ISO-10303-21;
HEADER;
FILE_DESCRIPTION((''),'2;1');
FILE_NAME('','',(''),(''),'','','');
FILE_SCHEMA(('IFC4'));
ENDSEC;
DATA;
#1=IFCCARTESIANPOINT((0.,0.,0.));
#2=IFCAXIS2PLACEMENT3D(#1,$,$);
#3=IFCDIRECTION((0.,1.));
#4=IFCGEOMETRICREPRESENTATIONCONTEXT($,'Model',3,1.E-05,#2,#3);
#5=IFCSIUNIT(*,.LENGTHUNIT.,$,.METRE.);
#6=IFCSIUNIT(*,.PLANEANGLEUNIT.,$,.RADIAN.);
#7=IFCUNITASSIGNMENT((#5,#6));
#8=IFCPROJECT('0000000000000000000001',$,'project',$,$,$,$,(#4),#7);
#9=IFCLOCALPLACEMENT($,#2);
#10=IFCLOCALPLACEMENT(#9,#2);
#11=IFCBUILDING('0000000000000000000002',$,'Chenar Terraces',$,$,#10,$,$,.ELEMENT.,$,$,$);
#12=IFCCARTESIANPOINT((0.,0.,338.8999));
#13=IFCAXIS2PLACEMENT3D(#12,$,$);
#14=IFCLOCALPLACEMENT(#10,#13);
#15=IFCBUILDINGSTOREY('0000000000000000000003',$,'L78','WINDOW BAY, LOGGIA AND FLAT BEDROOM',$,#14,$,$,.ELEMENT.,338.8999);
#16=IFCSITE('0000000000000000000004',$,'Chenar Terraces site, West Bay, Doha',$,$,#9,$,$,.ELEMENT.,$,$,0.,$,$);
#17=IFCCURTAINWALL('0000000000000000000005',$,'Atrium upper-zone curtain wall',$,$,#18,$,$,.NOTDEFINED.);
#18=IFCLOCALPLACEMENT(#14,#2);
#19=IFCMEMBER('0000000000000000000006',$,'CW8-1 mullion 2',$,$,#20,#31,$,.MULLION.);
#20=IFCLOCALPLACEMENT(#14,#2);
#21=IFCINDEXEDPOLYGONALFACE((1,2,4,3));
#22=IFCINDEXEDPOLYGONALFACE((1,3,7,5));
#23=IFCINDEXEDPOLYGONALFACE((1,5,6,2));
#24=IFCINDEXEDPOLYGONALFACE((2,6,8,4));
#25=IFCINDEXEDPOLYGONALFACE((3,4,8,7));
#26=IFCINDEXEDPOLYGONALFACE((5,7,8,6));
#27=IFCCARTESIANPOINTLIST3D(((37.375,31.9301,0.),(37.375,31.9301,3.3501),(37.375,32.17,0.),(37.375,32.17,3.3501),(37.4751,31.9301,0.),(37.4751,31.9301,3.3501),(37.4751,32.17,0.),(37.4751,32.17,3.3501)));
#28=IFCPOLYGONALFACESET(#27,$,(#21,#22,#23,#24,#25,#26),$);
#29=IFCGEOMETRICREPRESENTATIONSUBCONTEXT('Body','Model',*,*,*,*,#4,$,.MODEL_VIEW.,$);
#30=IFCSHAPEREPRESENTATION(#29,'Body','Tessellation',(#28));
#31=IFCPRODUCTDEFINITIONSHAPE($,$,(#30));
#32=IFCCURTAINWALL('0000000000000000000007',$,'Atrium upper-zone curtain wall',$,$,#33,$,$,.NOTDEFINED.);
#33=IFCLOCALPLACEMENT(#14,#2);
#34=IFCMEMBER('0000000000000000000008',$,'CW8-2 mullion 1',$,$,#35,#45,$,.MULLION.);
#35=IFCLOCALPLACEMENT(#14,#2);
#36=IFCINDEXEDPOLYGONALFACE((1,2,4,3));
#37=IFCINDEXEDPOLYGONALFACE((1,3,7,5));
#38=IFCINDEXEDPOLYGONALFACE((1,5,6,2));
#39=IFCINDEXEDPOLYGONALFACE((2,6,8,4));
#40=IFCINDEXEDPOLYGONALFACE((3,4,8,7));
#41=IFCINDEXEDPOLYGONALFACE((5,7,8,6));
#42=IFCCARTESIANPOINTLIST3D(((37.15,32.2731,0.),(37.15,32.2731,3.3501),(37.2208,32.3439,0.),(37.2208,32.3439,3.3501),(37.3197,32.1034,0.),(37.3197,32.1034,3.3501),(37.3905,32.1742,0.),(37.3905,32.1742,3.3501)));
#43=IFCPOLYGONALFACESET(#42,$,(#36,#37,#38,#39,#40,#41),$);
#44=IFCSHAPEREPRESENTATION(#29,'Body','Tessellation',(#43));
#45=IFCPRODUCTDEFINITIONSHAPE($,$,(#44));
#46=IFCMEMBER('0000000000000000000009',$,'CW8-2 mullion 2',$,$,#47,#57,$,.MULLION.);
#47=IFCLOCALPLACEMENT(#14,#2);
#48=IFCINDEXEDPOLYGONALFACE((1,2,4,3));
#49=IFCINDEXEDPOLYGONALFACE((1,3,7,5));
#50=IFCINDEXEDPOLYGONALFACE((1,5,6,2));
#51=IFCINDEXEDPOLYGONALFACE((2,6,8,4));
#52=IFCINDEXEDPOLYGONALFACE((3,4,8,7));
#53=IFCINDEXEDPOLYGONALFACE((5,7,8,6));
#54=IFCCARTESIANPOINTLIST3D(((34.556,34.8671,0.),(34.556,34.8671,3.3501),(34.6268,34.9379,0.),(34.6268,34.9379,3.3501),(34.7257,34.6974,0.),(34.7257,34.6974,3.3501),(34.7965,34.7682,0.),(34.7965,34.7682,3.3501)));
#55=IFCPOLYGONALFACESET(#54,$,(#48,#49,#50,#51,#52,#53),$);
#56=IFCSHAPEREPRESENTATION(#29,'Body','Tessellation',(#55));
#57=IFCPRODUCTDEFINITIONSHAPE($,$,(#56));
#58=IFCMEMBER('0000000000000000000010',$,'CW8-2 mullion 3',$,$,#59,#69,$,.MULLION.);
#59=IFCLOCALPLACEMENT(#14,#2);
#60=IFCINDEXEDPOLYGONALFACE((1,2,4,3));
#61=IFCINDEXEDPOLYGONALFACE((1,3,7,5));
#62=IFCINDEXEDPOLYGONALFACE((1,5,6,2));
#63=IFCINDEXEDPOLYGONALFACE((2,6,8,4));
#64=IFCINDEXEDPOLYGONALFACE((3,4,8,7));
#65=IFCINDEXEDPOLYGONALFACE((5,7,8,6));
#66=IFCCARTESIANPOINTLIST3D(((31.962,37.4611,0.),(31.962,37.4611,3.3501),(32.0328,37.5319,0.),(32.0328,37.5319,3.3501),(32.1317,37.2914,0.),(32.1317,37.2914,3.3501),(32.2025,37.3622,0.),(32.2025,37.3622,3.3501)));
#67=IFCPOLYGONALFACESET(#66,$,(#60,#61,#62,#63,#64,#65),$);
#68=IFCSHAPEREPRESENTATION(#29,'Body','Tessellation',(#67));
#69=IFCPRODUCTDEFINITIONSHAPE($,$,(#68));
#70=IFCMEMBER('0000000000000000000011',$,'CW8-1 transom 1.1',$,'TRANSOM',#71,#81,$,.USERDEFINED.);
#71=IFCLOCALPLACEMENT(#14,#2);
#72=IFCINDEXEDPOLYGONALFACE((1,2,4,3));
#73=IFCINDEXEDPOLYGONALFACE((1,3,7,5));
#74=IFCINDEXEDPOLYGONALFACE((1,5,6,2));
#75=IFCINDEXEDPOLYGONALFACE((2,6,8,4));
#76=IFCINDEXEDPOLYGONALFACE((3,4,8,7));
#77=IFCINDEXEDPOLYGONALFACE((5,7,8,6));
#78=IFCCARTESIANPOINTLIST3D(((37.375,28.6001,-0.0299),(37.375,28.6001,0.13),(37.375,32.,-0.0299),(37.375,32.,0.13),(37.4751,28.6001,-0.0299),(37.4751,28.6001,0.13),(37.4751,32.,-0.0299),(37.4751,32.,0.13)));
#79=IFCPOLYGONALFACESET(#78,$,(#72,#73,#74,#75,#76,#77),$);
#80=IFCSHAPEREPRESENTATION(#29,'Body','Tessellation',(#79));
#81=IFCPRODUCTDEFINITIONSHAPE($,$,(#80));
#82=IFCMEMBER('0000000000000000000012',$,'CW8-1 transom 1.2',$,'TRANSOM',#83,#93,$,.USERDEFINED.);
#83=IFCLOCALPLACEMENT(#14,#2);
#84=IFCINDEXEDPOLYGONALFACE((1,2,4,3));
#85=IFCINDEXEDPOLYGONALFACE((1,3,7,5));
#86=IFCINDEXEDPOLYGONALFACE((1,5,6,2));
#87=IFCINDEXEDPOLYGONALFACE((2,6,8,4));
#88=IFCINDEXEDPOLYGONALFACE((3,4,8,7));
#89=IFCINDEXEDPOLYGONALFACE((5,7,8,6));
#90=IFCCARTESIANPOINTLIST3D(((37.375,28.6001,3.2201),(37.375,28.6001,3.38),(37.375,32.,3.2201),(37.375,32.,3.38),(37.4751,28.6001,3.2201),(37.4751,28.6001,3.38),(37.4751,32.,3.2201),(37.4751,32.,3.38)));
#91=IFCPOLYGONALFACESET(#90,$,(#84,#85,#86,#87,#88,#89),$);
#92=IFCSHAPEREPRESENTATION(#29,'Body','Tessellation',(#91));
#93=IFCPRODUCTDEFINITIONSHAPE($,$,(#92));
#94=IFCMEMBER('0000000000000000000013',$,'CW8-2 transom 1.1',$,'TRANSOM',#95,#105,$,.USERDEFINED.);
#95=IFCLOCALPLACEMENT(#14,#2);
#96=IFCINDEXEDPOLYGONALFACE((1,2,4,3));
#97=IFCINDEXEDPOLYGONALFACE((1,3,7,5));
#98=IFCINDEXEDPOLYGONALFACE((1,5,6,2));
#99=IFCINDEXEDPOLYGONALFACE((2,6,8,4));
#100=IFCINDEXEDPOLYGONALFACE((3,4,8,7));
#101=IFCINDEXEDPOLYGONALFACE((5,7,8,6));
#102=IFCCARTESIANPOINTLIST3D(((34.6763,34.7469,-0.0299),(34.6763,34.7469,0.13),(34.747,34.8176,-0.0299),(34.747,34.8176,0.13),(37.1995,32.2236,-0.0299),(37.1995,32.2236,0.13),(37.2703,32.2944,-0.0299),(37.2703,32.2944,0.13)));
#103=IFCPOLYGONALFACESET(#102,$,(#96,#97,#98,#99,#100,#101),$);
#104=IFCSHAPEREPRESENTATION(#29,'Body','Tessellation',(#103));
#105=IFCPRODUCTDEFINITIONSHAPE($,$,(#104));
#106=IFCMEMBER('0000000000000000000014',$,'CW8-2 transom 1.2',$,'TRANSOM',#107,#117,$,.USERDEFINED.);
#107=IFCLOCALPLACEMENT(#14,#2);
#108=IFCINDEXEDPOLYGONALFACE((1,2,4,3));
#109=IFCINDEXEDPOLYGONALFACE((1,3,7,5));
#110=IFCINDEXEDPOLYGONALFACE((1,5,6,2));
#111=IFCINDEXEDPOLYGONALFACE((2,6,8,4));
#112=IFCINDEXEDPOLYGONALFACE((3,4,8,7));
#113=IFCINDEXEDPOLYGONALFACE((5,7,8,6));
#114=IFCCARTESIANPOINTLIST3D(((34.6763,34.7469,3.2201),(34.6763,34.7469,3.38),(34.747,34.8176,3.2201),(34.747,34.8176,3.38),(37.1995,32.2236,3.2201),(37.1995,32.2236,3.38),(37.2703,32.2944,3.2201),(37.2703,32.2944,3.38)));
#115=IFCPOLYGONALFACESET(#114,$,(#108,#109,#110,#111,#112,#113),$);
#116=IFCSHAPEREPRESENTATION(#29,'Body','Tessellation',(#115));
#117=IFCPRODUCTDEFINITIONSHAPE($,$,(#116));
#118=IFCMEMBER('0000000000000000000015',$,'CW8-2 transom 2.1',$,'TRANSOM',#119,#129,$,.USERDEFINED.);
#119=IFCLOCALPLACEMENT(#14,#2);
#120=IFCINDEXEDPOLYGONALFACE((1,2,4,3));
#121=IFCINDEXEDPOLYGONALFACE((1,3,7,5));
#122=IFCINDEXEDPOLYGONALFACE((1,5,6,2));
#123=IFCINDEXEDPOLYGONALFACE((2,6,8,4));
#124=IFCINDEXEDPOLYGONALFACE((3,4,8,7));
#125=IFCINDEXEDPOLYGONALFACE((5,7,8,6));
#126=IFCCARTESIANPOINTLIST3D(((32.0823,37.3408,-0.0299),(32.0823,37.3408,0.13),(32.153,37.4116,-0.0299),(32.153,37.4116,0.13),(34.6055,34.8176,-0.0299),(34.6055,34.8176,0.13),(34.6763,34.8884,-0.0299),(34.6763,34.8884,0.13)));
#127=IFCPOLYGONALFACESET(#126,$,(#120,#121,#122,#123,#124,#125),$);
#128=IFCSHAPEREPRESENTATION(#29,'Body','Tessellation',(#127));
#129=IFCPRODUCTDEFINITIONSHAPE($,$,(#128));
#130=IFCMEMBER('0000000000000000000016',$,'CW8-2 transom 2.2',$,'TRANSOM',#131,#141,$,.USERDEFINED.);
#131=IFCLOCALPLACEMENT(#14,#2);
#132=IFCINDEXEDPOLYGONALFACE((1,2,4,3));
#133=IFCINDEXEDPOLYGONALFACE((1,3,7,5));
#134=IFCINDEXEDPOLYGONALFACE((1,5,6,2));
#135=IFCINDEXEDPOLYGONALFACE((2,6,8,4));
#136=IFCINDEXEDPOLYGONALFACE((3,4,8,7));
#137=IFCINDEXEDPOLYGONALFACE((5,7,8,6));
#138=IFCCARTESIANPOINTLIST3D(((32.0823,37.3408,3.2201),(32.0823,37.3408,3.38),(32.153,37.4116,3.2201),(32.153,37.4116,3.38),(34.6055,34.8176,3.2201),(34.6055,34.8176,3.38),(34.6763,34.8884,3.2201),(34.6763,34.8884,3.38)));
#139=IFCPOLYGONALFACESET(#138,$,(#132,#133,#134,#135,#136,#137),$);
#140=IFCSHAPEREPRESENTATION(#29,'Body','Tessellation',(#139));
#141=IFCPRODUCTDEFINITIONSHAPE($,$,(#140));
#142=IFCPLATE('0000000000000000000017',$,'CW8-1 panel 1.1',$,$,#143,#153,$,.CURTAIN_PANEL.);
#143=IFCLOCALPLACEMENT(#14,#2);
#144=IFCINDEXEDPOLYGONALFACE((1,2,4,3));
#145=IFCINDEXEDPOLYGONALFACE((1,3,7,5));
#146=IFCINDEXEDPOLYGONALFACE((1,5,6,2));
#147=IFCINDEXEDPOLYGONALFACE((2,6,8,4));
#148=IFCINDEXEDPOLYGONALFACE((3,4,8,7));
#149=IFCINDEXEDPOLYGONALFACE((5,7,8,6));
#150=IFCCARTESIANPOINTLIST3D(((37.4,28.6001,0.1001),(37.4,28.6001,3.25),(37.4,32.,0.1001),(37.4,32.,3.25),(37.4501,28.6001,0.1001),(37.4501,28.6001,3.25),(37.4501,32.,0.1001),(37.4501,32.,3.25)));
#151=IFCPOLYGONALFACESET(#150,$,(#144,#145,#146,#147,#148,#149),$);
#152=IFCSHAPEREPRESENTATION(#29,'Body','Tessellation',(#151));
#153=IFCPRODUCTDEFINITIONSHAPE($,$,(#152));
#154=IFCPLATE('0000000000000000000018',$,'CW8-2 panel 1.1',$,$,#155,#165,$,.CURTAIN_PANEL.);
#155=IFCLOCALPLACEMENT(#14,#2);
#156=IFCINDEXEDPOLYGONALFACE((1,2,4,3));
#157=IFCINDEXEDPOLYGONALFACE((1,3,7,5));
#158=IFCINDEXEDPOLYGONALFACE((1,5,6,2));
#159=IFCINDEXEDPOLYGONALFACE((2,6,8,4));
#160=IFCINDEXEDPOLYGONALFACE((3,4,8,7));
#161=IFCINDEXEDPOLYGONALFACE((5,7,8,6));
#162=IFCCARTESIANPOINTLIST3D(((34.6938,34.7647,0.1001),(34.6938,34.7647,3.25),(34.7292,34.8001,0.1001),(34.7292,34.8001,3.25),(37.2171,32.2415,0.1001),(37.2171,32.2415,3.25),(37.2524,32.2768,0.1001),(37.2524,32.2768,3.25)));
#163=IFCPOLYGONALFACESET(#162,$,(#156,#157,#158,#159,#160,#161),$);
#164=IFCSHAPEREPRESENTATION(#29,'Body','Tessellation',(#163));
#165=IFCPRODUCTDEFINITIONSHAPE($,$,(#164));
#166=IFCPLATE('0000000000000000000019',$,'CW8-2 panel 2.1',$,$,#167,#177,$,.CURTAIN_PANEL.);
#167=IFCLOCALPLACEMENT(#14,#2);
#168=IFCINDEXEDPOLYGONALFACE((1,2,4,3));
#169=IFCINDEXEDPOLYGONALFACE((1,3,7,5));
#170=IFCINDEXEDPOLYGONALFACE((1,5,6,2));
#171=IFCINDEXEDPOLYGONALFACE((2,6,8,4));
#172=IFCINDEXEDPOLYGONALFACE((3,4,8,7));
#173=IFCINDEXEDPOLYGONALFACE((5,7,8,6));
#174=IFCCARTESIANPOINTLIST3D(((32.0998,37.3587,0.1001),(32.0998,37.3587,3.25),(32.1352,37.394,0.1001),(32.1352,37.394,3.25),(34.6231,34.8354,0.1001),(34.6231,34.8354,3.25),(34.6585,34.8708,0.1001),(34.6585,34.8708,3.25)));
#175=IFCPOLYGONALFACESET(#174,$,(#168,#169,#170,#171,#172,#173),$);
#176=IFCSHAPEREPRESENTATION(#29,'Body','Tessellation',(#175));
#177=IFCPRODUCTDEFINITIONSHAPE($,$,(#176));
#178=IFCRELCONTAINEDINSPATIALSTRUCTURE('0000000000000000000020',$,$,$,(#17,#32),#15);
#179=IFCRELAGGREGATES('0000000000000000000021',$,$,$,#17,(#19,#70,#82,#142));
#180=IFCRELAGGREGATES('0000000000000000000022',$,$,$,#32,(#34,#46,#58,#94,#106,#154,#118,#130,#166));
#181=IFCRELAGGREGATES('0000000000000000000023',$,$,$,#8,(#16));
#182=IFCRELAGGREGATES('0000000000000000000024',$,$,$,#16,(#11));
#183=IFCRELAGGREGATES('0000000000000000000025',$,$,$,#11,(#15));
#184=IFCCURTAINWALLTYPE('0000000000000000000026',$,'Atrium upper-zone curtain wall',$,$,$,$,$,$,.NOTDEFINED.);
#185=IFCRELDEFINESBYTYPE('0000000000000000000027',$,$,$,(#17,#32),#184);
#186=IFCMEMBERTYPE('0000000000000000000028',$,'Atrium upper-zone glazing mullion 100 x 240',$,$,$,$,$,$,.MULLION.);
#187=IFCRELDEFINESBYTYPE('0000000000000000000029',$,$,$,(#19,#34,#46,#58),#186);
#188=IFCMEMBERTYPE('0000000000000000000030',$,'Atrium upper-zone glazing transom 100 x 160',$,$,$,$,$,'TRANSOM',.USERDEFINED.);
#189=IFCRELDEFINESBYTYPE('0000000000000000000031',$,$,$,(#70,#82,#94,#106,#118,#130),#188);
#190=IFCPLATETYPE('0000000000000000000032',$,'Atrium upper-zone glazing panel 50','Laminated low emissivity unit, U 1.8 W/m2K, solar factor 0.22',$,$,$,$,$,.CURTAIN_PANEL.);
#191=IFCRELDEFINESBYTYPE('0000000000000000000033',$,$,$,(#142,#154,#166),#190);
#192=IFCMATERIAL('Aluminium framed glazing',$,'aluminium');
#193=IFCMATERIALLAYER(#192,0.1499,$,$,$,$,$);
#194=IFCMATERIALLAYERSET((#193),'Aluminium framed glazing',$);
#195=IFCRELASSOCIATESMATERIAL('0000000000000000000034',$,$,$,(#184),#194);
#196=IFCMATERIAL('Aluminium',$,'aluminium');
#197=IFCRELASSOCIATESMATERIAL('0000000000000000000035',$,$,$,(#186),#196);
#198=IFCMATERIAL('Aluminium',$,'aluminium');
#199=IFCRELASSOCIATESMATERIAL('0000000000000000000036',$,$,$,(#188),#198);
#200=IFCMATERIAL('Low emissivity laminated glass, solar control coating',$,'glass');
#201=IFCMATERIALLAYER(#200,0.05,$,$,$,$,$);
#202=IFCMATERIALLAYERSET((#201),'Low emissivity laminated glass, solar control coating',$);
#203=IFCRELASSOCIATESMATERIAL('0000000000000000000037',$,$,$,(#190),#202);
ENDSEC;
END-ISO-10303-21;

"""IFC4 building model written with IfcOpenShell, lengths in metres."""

from ifc_helpers import new_model, si_unit, direction, frame, origin, origin_2d, place, context, subcontext, project, spatial, rectangle, extrude, material, layer, layer_set, material_profile, profile_set, type_object, element, aggregate, save


model = new_model("IFC4")

# Units and contexts
model_context = context("Model", 3, precision=1e-05, world=origin(), true_north=direction((0.0, 1.0)))
body_context = subcontext(model_context, "Body", "Model", "MODEL_VIEW")
ifc_project = project(units=[si_unit("LENGTHUNIT", "METRE"), si_unit("PLANEANGLEUNIT", "RADIAN")], contexts=[model_context])

# Site, building, storey
site_placement = place(None, origin())
site = spatial("IfcSite", under=ifc_project, at=site_placement, Name="Chenar Terraces site, West Bay, Doha", CompositionType="ELEMENT", RefElevation=0.0)
building_placement = place(site_placement, origin())
building = spatial("IfcBuilding", under=site, at=building_placement, Name="Chenar Terraces", CompositionType="ELEMENT")
storey_placement = place(building_placement, frame((0.0, 0.0, 338.8999)))
storey = spatial("IfcBuildingStorey", under=building, at=storey_placement, Name="L78", Description="WINDOW BAY, LOGGIA AND FLAT BEDROOM", CompositionType="ELEMENT", Elevation=338.8999)

# Curtain wall, member
ifc_material_1 = material(Name="Aluminium framed glazing", Category="aluminium")
ifc_layer_1 = layer(ifc_material_1, 0.1499)
ifc_layer_set_1 = layer_set([ifc_layer_1], Name="Aluminium framed glazing")
curtain_wall_type = type_object("IfcCurtainWallType", Name="Atrium upper-zone curtain wall", PredefinedType="NOTDEFINED", material=ifc_layer_set_1)
placement = place(storey_placement, origin())
curtain_wall_1 = element("IfcCurtainWall", 1, at=placement, inside=storey, type_object=curtain_wall_type, Name="Atrium upper-zone curtain wall", PredefinedType="NOTDEFINED")
ifc_material_2 = material(Name="Aluminium", Category="aluminium")
ifc_material_profile_1 = material_profile(ifc_material_2, rectangle(XDim=0.1001, YDim=0.24, at=origin_2d()), Name="Atrium upper-zone glazing mullion 100 x 240")
ifc_profile_set_1 = profile_set([ifc_material_profile_1], Name="Aluminium")
member_type_1 = type_object("IfcMemberType", Name="Atrium upper-zone glazing mullion 100 x 240", PredefinedType="MULLION", material=ifc_profile_set_1)
member_1_placement = place(storey_placement, frame((37.425, 32.05, 0.0), z_axis=(0.0, 0.0, 1.0), x_axis=(-1.0, 0.0, 0.0)))
member_1 = element("IfcMember", 2, at=member_1_placement, type_object=member_type_1, Name="CW8-1 mullion 2", PredefinedType="MULLION", context=body_context, shape_type="SweptSolid", body=[
    extrude(rectangle(XDim=0.1001, YDim=0.24, at=origin_2d()), origin(), (0.0, 0.0, 1.0), 3.3501),
])

# Curtain wall, members
curtain_wall_2 = element("IfcCurtainWall", 3, at=placement, inside=storey, type_object=curtain_wall_type, Name="Atrium upper-zone curtain wall", PredefinedType="NOTDEFINED")
member_2_placement = place(storey_placement, frame((37.2703, 32.2236, 0.0), z_axis=(0.0, 0.0, 1.0), x_axis=(-0.707107, -0.707107, 0.0)))
member_2 = element("IfcMember", 4, at=member_2_placement, type_object=member_type_1, Name="CW8-2 mullion 1", PredefinedType="MULLION", context=body_context, shape_type="SweptSolid", body=[
    extrude(rectangle(XDim=0.1001, YDim=0.24, at=origin_2d()), origin(), (0.0, 0.0, 1.0), 3.3501),
])
member_3_placement = place(storey_placement, frame((34.6763, 34.8176, 0.0), z_axis=(0.0, 0.0, 1.0), x_axis=(-0.707107, -0.707107, 0.0)))
member_3 = element("IfcMember", 5, at=member_3_placement, type_object=member_type_1, Name="CW8-2 mullion 2", PredefinedType="MULLION", context=body_context, shape_type="SweptSolid", body=[
    extrude(rectangle(XDim=0.1001, YDim=0.24, at=origin_2d()), origin(), (0.0, 0.0, 1.0), 3.3501),
])
member_4_placement = place(storey_placement, frame((32.0823, 37.4116, 0.0), z_axis=(0.0, 0.0, 1.0), x_axis=(-0.707107, -0.707107, 0.0)))
member_4 = element("IfcMember", 6, at=member_4_placement, type_object=member_type_1, Name="CW8-2 mullion 3", PredefinedType="MULLION", context=body_context, shape_type="SweptSolid", body=[
    extrude(rectangle(XDim=0.1001, YDim=0.24, at=origin_2d()), origin(), (0.0, 0.0, 1.0), 3.3501),
])

# Members
ifc_material_3 = material(Name="Aluminium", Category="aluminium")
ifc_material_profile_2 = material_profile(ifc_material_3, rectangle(XDim=0.1001, YDim=0.1599, at=origin_2d()), Name="Atrium upper-zone glazing transom 100 x 160")
ifc_profile_set_2 = profile_set([ifc_material_profile_2], Name="Aluminium")
member_type_2 = type_object("IfcMemberType", Name="Atrium upper-zone glazing transom 100 x 160", ElementType="TRANSOM", PredefinedType="USERDEFINED", material=ifc_profile_set_2)
member_5_placement = place(storey_placement, frame((37.425, 28.6001, 0.05), z_axis=(0.0, 1.0, 0.0), x_axis=(-1.0, 0.0, 0.0)))
member_5 = element("IfcMember", 7, at=member_5_placement, type_object=member_type_2, Name="CW8-1 transom 1.1", ObjectType="TRANSOM", PredefinedType="USERDEFINED", context=body_context, shape_type="SweptSolid", body=[
    extrude(rectangle(XDim=0.1001, YDim=0.1599, at=origin_2d()), origin(), (0.0, 0.0, 1.0), 3.3999),
])
member_6_placement = place(storey_placement, frame((37.425, 28.6001, 3.3), z_axis=(0.0, 1.0, 0.0), x_axis=(-1.0, 0.0, 0.0)))
member_6 = element("IfcMember", 8, at=member_6_placement, type_object=member_type_2, Name="CW8-1 transom 1.2", ObjectType="TRANSOM", PredefinedType="USERDEFINED", context=body_context, shape_type="SweptSolid", body=[
    extrude(rectangle(XDim=0.1001, YDim=0.1599, at=origin_2d()), origin(), (0.0, 0.0, 1.0), 3.3999),
])
member_7_placement = place(storey_placement, frame((37.2349, 32.259, 0.05), z_axis=(-0.707107, 0.707107, 0.0), x_axis=(-0.707107, -0.707107, 0.0)))
member_7 = element("IfcMember", 9, at=member_7_placement, type_object=member_type_2, Name="CW8-2 transom 1.1", ObjectType="TRANSOM", PredefinedType="USERDEFINED", context=body_context, shape_type="SweptSolid", body=[
    extrude(rectangle(XDim=0.1001, YDim=0.1599, at=origin_2d()), origin(), (0.0, 0.0, 1.0), 3.5684),
])
member_8_placement = place(storey_placement, frame((37.2349, 32.259, 3.3), z_axis=(-0.707107, 0.707107, 0.0), x_axis=(-0.707107, -0.707107, 0.0)))
member_8 = element("IfcMember", 10, at=member_8_placement, type_object=member_type_2, Name="CW8-2 transom 1.2", ObjectType="TRANSOM", PredefinedType="USERDEFINED", context=body_context, shape_type="SweptSolid", body=[
    extrude(rectangle(XDim=0.1001, YDim=0.1599, at=origin_2d()), origin(), (0.0, 0.0, 1.0), 3.5684),
])
member_9_placement = place(storey_placement, frame((34.6409, 34.853, 0.05), z_axis=(-0.707107, 0.707107, 0.0), x_axis=(-0.707107, -0.707107, 0.0)))
member_9 = element("IfcMember", 11, at=member_9_placement, type_object=member_type_2, Name="CW8-2 transom 2.1", ObjectType="TRANSOM", PredefinedType="USERDEFINED", context=body_context, shape_type="SweptSolid", body=[
    extrude(rectangle(XDim=0.1001, YDim=0.1599, at=origin_2d()), origin(), (0.0, 0.0, 1.0), 3.5684),
])
member_10_placement = place(storey_placement, frame((34.6409, 34.853, 3.3), z_axis=(-0.707107, 0.707107, 0.0), x_axis=(-0.707107, -0.707107, 0.0)))
member_10 = element("IfcMember", 12, at=member_10_placement, type_object=member_type_2, Name="CW8-2 transom 2.2", ObjectType="TRANSOM", PredefinedType="USERDEFINED", context=body_context, shape_type="SweptSolid", body=[
    extrude(rectangle(XDim=0.1001, YDim=0.1599, at=origin_2d()), origin(), (0.0, 0.0, 1.0), 3.5684),
])

# Plates
ifc_material_4 = material(Name="Low emissivity laminated glass, solar control coating", Category="glass")
ifc_layer_2 = layer(ifc_material_4, 0.05)
ifc_layer_set_2 = layer_set([ifc_layer_2], Name="Low emissivity laminated glass, solar control coating")
plate_type = type_object("IfcPlateType", Name="Atrium upper-zone glazing panel 50", Description="Laminated low emissivity unit, U 1.8 W/m2K, solar factor 0.22", PredefinedType="CURTAIN_PANEL", material=ifc_layer_set_2)
plate_1_placement = place(storey_placement, frame((37.425, 30.3, 0.1001), z_axis=(0.0, 0.0, 1.0), x_axis=(0.0, 1.0, 0.0)))
plate_1 = element("IfcPlate", 13, at=plate_1_placement, type_object=plate_type, Name="CW8-1 panel 1.1", PredefinedType="CURTAIN_PANEL", context=body_context, shape_type="SweptSolid", body=[
    extrude(rectangle(XDim=3.3999, YDim=0.05, at=origin_2d()), origin(), (0.0, 0.0, 1.0), 3.1499),
])
aggregate(curtain_wall_1, [member_1, member_5, member_6, plate_1])
plate_2_placement = place(storey_placement, frame((35.9731, 33.5208, 0.1001), z_axis=(0.0, 0.0, 1.0), x_axis=(-0.707107, 0.707107, 0.0)))
plate_2 = element("IfcPlate", 14, at=plate_2_placement, type_object=plate_type, Name="CW8-2 panel 1.1", PredefinedType="CURTAIN_PANEL", context=body_context, shape_type="SweptSolid", body=[
    extrude(rectangle(XDim=3.5684, YDim=0.05, at=origin_2d()), origin(), (0.0, 0.0, 1.0), 3.1499),
])
plate_3_placement = place(storey_placement, frame((33.3792, 36.1147, 0.1001), z_axis=(0.0, 0.0, 1.0), x_axis=(-0.707107, 0.707107, 0.0)))
plate_3 = element("IfcPlate", 15, at=plate_3_placement, type_object=plate_type, Name="CW8-2 panel 2.1", PredefinedType="CURTAIN_PANEL", context=body_context, shape_type="SweptSolid", body=[
    extrude(rectangle(XDim=3.5684, YDim=0.05, at=origin_2d()), origin(), (0.0, 0.0, 1.0), 3.1499),
])
aggregate(curtain_wall_2, [member_2, member_3, member_4, member_7, member_8, plate_2, member_9, member_10, plate_3])

save(model, "model.ifc")
